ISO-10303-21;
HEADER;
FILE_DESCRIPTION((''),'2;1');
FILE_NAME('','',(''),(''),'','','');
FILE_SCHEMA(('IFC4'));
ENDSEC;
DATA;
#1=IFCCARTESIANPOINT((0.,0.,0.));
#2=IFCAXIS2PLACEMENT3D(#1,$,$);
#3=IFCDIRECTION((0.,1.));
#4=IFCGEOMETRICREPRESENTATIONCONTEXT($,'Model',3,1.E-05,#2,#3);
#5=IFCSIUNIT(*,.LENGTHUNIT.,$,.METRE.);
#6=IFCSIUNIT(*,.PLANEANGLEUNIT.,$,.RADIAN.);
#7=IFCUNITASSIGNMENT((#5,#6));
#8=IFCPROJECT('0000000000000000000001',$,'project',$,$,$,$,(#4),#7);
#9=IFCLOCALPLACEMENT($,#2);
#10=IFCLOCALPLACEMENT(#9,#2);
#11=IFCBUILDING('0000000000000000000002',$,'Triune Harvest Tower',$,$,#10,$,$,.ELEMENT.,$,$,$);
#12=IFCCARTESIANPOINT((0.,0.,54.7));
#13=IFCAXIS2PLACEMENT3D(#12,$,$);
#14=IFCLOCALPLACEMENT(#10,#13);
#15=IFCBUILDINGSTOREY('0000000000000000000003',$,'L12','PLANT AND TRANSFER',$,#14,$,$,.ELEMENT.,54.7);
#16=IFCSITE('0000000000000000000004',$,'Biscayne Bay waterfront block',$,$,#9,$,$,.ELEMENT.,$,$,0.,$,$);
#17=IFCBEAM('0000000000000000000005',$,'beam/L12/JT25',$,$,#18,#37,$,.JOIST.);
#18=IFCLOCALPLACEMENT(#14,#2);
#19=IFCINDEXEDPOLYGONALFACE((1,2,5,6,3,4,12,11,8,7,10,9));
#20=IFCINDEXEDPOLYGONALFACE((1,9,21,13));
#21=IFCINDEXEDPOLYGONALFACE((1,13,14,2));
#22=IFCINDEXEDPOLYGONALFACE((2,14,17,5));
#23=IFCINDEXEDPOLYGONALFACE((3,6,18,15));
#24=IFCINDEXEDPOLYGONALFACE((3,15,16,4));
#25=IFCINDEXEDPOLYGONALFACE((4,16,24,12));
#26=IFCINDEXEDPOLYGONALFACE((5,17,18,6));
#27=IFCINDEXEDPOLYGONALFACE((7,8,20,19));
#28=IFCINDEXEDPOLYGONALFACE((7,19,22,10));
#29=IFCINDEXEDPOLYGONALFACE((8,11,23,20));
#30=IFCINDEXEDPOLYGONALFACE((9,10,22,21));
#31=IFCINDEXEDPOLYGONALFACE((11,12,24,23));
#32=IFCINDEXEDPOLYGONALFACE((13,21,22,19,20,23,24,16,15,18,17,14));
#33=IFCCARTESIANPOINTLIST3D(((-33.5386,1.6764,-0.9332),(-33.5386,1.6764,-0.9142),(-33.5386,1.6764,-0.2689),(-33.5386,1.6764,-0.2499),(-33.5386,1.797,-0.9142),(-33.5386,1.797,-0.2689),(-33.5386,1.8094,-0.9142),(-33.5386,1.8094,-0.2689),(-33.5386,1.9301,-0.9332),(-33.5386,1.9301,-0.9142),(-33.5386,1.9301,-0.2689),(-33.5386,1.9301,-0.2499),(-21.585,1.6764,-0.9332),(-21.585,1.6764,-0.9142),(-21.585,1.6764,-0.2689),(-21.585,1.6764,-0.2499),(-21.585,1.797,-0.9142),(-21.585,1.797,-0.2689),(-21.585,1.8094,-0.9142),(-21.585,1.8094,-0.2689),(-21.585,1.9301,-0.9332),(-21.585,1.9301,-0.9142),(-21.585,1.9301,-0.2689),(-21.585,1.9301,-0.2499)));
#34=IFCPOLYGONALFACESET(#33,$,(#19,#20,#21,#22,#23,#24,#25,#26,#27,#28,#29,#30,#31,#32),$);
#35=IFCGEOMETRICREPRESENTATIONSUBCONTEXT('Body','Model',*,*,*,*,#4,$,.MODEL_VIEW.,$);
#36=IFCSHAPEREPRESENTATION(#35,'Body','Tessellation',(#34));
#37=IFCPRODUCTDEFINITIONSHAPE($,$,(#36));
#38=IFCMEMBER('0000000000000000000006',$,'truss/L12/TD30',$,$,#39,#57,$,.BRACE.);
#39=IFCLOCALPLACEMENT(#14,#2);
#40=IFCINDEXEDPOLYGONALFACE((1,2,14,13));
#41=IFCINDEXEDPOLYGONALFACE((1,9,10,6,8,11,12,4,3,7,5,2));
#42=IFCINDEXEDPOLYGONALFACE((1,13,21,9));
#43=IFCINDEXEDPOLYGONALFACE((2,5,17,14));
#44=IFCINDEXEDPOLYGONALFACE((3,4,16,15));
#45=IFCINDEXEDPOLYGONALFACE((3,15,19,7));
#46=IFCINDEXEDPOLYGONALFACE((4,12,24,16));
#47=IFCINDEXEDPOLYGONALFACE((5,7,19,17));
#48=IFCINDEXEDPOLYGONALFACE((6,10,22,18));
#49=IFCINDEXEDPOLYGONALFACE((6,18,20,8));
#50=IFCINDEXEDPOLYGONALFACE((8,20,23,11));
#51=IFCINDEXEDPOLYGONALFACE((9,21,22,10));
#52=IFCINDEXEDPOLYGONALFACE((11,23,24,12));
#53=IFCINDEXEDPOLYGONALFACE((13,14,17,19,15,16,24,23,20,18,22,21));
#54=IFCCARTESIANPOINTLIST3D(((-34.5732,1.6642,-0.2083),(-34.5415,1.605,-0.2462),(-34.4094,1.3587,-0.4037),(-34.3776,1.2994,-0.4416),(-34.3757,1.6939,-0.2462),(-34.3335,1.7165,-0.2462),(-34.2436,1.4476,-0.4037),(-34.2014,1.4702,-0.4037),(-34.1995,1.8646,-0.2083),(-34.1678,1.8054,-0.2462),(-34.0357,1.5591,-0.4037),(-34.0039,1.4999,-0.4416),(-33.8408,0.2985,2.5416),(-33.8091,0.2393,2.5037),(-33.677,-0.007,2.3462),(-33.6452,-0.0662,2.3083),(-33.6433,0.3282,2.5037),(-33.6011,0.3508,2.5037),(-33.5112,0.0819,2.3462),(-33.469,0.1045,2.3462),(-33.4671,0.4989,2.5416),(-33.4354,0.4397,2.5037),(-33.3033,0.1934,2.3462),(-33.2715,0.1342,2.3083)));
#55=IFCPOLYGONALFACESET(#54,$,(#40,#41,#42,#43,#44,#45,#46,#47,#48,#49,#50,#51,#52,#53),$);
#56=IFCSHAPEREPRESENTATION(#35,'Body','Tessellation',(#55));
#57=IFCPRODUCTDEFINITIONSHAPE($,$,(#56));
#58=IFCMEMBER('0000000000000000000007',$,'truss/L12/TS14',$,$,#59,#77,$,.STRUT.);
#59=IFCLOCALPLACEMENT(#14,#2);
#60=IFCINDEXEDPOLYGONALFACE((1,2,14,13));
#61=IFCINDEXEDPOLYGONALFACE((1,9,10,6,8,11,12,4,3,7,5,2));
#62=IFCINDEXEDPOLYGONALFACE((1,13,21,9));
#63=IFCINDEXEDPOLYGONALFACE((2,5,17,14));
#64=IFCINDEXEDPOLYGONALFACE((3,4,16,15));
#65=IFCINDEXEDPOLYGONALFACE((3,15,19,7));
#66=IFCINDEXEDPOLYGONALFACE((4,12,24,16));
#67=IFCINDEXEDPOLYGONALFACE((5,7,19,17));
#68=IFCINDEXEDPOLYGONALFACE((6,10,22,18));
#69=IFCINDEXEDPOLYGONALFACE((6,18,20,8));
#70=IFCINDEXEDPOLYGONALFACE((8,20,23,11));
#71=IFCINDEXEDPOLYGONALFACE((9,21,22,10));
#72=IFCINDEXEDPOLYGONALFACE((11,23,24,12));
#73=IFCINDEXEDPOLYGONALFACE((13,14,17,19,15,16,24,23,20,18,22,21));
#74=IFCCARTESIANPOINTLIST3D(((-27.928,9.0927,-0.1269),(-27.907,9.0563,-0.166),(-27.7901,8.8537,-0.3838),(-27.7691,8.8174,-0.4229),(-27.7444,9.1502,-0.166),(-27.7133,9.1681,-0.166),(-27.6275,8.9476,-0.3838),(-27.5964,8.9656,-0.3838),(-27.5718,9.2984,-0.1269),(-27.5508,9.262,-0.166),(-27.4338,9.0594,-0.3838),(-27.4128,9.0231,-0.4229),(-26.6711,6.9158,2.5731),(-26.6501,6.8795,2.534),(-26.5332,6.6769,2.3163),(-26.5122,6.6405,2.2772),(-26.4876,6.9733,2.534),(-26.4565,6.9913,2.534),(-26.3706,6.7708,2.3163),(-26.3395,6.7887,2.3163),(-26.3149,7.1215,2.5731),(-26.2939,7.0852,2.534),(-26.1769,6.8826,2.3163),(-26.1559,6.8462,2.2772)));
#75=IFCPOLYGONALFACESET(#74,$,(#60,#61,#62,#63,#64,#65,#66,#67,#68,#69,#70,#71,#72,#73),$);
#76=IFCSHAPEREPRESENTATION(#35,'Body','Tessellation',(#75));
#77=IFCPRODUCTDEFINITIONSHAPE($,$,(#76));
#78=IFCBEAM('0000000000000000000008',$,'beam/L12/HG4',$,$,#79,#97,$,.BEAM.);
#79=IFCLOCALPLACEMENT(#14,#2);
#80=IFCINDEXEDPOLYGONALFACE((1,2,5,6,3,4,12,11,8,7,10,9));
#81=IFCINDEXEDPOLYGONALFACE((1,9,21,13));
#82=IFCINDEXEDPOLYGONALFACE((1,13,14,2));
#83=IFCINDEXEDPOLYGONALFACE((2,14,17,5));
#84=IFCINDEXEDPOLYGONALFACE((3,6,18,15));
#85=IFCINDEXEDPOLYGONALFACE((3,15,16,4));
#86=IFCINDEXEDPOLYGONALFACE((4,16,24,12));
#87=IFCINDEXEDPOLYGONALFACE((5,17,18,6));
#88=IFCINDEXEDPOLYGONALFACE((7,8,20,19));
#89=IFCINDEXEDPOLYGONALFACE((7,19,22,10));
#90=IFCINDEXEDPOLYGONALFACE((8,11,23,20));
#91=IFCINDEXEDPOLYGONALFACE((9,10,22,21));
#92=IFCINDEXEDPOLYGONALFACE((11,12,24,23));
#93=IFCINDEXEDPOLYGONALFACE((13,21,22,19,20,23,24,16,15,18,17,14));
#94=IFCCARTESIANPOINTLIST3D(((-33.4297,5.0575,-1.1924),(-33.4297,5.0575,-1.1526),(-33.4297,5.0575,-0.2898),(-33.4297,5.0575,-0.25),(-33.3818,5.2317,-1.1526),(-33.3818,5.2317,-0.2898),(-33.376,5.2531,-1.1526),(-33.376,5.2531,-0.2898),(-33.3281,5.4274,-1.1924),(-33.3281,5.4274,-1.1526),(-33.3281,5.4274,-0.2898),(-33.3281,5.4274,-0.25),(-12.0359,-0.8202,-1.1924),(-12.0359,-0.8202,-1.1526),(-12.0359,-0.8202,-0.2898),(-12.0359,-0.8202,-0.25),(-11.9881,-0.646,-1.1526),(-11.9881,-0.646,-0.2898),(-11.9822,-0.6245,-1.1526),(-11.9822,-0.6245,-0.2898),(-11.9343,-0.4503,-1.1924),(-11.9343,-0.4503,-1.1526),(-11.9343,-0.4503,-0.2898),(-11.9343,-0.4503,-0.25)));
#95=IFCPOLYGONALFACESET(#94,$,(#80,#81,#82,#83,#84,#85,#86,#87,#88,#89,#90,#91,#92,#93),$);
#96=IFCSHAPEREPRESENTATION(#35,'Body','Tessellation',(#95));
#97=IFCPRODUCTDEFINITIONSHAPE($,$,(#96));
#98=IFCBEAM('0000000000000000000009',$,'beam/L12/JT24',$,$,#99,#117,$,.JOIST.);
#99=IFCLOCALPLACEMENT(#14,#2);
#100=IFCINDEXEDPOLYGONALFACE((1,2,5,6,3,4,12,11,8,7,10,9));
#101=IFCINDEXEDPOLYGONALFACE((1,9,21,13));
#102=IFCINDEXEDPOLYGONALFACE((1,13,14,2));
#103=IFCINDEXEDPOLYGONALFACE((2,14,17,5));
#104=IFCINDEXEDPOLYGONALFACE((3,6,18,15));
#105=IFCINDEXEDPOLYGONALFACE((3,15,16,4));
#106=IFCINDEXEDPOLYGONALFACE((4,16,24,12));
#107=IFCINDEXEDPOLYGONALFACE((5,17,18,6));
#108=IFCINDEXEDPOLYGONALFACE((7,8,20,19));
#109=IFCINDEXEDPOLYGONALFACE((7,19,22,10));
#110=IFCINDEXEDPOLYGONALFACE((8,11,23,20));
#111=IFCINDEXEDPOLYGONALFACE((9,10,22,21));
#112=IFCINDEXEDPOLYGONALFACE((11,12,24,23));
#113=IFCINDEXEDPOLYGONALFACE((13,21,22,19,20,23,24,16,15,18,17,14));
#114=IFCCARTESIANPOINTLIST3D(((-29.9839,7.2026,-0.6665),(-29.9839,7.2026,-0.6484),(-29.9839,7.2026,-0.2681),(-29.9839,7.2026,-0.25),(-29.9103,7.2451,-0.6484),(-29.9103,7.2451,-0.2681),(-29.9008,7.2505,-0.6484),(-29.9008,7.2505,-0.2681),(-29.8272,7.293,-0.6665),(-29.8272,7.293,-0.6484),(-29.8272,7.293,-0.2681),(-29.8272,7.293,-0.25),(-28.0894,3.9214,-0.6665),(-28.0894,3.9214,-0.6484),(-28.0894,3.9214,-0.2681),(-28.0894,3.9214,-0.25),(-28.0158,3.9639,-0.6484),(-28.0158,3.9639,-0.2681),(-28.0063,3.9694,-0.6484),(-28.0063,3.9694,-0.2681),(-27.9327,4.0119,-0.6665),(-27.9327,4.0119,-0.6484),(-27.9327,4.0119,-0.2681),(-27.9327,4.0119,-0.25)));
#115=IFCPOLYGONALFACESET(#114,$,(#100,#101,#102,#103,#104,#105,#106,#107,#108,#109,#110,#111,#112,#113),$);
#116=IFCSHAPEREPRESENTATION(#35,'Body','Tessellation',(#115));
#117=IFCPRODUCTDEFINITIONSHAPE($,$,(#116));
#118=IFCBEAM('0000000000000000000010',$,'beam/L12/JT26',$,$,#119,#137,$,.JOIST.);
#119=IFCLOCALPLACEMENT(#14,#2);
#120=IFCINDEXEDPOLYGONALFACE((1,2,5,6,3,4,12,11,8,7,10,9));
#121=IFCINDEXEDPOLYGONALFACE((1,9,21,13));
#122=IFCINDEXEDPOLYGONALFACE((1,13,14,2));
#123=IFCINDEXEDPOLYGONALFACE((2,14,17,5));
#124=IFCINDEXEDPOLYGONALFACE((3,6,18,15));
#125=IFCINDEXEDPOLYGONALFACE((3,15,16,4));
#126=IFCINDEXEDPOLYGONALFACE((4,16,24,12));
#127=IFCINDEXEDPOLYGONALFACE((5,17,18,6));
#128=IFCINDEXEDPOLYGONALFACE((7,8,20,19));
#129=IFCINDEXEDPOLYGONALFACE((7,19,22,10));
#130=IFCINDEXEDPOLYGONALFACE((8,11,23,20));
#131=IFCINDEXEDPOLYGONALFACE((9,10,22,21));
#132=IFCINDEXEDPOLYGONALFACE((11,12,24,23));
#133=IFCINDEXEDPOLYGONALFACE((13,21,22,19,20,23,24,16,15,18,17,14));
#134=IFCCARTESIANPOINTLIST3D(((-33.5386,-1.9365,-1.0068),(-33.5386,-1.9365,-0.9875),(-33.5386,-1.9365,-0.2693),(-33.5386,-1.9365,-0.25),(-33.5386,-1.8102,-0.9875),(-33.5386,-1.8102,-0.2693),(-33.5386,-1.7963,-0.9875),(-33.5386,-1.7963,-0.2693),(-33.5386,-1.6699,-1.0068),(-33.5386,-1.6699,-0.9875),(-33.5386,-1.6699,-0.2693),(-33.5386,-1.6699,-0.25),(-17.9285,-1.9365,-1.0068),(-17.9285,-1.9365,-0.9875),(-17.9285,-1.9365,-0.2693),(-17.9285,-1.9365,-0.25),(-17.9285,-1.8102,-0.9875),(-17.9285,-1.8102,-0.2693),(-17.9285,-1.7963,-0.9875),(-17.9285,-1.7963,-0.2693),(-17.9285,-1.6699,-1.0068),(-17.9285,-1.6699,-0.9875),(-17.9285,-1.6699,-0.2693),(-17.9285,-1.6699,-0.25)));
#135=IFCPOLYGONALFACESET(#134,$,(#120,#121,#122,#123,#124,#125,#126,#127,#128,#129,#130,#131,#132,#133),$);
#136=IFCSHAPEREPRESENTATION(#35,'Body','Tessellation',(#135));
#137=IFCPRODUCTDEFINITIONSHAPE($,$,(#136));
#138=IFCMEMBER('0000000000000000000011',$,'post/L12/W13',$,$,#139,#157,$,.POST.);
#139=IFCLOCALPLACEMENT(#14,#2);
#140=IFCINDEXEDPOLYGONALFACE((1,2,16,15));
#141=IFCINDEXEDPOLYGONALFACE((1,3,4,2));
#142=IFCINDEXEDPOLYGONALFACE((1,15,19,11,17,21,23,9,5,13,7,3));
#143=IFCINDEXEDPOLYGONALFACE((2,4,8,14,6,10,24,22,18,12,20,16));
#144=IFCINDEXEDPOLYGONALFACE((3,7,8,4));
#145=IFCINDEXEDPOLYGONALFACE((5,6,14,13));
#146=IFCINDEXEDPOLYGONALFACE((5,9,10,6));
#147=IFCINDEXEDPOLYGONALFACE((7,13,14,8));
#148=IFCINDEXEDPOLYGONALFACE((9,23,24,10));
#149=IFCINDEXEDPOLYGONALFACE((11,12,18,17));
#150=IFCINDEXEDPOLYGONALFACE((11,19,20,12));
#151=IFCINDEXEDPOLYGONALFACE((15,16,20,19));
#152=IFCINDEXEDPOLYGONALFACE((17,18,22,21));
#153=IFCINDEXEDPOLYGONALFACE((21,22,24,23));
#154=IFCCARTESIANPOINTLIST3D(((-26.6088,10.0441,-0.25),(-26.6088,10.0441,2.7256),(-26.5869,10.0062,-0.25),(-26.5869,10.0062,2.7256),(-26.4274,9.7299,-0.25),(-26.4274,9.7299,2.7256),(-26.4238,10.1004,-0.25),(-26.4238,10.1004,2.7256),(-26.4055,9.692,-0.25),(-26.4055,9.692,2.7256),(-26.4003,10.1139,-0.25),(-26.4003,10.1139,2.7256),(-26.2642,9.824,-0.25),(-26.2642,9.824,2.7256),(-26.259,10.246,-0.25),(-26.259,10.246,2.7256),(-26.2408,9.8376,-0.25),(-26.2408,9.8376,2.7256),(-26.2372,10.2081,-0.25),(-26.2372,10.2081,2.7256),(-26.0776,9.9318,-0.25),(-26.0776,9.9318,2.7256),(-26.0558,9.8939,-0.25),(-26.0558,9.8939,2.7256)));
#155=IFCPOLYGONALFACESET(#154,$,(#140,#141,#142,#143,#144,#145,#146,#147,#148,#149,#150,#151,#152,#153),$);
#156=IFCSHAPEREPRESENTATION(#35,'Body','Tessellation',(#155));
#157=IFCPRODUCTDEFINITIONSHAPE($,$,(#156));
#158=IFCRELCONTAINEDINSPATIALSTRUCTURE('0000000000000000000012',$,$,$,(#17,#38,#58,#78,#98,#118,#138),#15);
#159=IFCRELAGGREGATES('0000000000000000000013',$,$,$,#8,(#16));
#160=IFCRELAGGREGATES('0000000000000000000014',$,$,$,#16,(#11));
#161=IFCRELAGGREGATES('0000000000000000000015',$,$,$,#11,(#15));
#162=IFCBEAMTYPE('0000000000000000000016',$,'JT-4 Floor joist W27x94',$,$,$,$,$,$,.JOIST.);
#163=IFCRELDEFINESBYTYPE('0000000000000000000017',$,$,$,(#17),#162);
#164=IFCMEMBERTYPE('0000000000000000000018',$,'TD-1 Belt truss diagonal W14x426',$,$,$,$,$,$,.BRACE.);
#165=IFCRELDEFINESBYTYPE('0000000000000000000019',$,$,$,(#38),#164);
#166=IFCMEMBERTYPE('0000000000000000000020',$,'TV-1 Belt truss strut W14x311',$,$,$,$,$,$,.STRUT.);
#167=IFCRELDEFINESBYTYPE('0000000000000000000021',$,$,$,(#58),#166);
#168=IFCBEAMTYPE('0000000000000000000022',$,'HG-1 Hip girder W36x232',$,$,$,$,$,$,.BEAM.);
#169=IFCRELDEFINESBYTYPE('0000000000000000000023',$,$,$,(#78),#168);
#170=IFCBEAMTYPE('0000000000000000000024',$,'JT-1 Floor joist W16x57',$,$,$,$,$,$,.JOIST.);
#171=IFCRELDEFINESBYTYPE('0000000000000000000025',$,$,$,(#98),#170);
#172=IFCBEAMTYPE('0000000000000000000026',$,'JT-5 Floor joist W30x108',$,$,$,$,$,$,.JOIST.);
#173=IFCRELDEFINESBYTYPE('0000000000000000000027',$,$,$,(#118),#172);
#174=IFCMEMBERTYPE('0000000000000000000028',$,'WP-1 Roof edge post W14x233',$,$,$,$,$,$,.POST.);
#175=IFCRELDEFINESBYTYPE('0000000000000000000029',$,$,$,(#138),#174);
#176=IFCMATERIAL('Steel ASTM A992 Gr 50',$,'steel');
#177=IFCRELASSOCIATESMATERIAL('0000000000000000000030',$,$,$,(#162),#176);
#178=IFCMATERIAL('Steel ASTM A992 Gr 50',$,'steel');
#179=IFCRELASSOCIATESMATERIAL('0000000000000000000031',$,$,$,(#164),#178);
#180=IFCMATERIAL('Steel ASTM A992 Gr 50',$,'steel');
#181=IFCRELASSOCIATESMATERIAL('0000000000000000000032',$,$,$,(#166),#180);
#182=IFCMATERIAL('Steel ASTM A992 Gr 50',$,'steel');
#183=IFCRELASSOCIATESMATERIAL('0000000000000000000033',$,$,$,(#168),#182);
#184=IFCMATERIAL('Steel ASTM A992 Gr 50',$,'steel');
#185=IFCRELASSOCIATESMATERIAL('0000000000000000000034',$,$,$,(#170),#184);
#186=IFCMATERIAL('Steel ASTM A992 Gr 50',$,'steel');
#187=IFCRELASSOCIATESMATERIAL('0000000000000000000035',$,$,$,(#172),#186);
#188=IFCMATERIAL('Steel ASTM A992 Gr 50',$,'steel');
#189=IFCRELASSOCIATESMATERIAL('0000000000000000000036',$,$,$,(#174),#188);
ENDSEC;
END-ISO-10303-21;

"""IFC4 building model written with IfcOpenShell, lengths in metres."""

from ifc_helpers import new_model, si_unit, direction, frame, origin, origin_2d, place, context, subcontext, project, spatial, i_section, extrude, source, transform, mapped, material, material_profile, profile_set, type_object, element, save


model = new_model("IFC4")

# Units and contexts
model_context = context("Model", 3, precision=1e-05, world=origin(), true_north=direction((0.0, 1.0)))
body_context = subcontext(model_context, "Body", "Model", "MODEL_VIEW")
ifc_project = project(units=[si_unit("LENGTHUNIT", "METRE"), si_unit("PLANEANGLEUNIT", "RADIAN")], contexts=[model_context])

# Site, building, storey
site_placement = place(None, origin())
site = spatial("IfcSite", under=ifc_project, at=site_placement, Name="Biscayne Bay waterfront block", CompositionType="ELEMENT", RefElevation=0.0)
building_placement = place(site_placement, origin())
building = spatial("IfcBuilding", under=site, at=building_placement, Name="Triune Harvest Tower", CompositionType="ELEMENT")
storey_placement = place(building_placement, frame((0.0, 0.0, 54.7)))
storey = spatial("IfcBuildingStorey", under=building, at=storey_placement, Name="L12", Description="PLANT AND TRANSFER", CompositionType="ELEMENT", Elevation=54.7)

# Beam
ifc_material_1 = material(Name="Steel ASTM A992 Gr 50", Category="steel")
ifc_material_profile_1 = material_profile(ifc_material_1, i_section(OverallWidth=0.2537, OverallDepth=0.6833, WebThickness=0.0125, FlangeThickness=0.019, at=origin_2d()), Name="W27x94")
ifc_profile_set_1 = profile_set([ifc_material_profile_1], Name="Steel ASTM A992 Gr 50")
beam_type_1 = type_object("IfcBeamType", Name="JT-4 Floor joist W27x94", PredefinedType="JOIST", material=ifc_profile_set_1)
beam_1_placement = place(storey_placement, frame((-33.5386, 1.8032, -0.5916), z_axis=(1.0, 0.0, 0.0), x_axis=(0.0, 1.0, 0.0)))
element("IfcBeam", 1, at=beam_1_placement, inside=storey, type_object=beam_type_1, Name="beam/L12/JT25", PredefinedType="JOIST", context=body_context, shape_type="SweptSolid", body=[
    extrude(i_section(OverallWidth=0.2537, OverallDepth=0.6833, WebThickness=0.0125, FlangeThickness=0.019, at=origin_2d()), origin(), (0.0, 0.0, 1.0), 11.9536),
])

# Members
ifc_material_2 = material(Name="Steel ASTM A992 Gr 50", Category="steel")
ifc_material_profile_2 = material_profile(ifc_material_2, i_section(OverallWidth=0.4241, OverallDepth=0.4751, WebThickness=0.0479, FlangeThickness=0.0771, at=origin_2d()), Name="W14x426")
ifc_profile_set_2 = profile_set([ifc_material_profile_2], Name="Steel ASTM A992 Gr 50")
member_type_1 = type_object("IfcMemberType", Name="TD-1 Belt truss diagonal W14x426", PredefinedType="BRACE", material=ifc_profile_set_2)
member_1_placement = place(storey_placement, frame((-34.2886, 1.582, -0.325), z_axis=(0.232029, -0.432656, 0.87119), x_axis=(0.881269, 0.472615, 0.0)))
element("IfcMember", 2, at=member_1_placement, inside=storey, type_object=member_type_1, Name="truss/L12/TD30", PredefinedType="BRACE", context=body_context, shape_type="SweptSolid", body=[
    extrude(i_section(OverallWidth=0.4241, OverallDepth=0.4751, WebThickness=0.0479, FlangeThickness=0.0771, at=origin_2d()), origin(), (0.0, 0.0, 1.0), 3.1565),
])
ifc_material_3 = material(Name="Steel ASTM A992 Gr 50", Category="steel")
ifc_material_profile_3 = material_profile(ifc_material_3, i_section(OverallWidth=0.4114, OverallDepth=0.4343, WebThickness=0.0359, FlangeThickness=0.0574, at=origin_2d()), Name="W14x311")
ifc_profile_set_3 = profile_set([ifc_material_profile_3], Name="Steel ASTM A992 Gr 50")
member_type_2 = type_object("IfcMemberType", Name="TV-1 Belt truss strut W14x311", PredefinedType="STRUT", material=ifc_profile_set_3)
member_2_placement = place(storey_placement, frame((-27.6704, 9.0579, -0.2749), z_axis=(0.340712, -0.59009, 0.731921), x_axis=(0.866011, 0.500025, 0.0)))
element("IfcMember", 3, at=member_2_placement, inside=storey, type_object=member_type_2, Name="truss/L12/TS14", PredefinedType="STRUT", context=body_context, shape_type="SweptSolid", body=[
    extrude(i_section(OverallWidth=0.4114, OverallDepth=0.4343, WebThickness=0.0359, FlangeThickness=0.0574, at=origin_2d()), origin(), (0.0, 0.0, 1.0), 3.689),
])

# Beams
ifc_material_4 = material(Name="Steel ASTM A992 Gr 50", Category="steel")
ifc_material_profile_4 = material_profile(ifc_material_4, i_section(OverallWidth=0.3835, OverallDepth=0.9424, WebThickness=0.0222, FlangeThickness=0.0398, at=origin_2d()), Name="W36x232")
ifc_profile_set_4 = profile_set([ifc_material_profile_4], Name="Steel ASTM A992 Gr 50")
beam_type_2 = type_object("IfcBeamType", Name="HG-1 Hip girder W36x232", PredefinedType="BEAM", material=ifc_profile_set_4)
shared_shape_1 = source(origin(), body_context, "Body", "SweptSolid", [
    extrude(i_section(OverallWidth=0.3835, OverallDepth=0.9424, WebThickness=0.0222, FlangeThickness=0.0398, at=origin_2d()), origin(), (0.0, 0.0, 1.0), 22.1865),
])
beam_2_placement = place(storey_placement, frame((-33.3789, 5.2424, -0.7212), z_axis=(0.96427, -0.264921, 0.0), x_axis=(0.264921, 0.96427, 0.0)))
element("IfcBeam", 4, at=beam_2_placement, inside=storey, type_object=beam_type_2, Name="beam/L12/HG4", PredefinedType="BEAM", context=body_context, shape_type="MappedRepresentation", body=[
    mapped(shared_shape_1, transform((0.0, 0.0, 0.0), scale=1.0)),
])
ifc_material_5 = material(Name="Steel ASTM A992 Gr 50", Category="steel")
ifc_material_profile_5 = material_profile(ifc_material_5, i_section(OverallWidth=0.1809, OverallDepth=0.4165, WebThickness=0.011, FlangeThickness=0.0181, at=origin_2d()), Name="W16x57")
ifc_profile_set_5 = profile_set([ifc_material_profile_5], Name="Steel ASTM A992 Gr 50")
beam_type_3 = type_object("IfcBeamType", Name="JT-1 Floor joist W16x57", PredefinedType="JOIST", material=ifc_profile_set_5)
shared_shape_2 = source(origin(), body_context, "Body", "SweptSolid", [
    extrude(i_section(OverallWidth=0.1809, OverallDepth=0.4165, WebThickness=0.011, FlangeThickness=0.0181, at=origin_2d()), origin(), (0.0, 0.0, 1.0), 3.7888),
])
beam_3_placement = place(storey_placement, frame((-29.9055, 7.2478, -0.4583), z_axis=(0.50002, -0.866014, 0.0), x_axis=(0.866014, 0.50002, 0.0)))
element("IfcBeam", 5, at=beam_3_placement, inside=storey, type_object=beam_type_3, Name="beam/L12/JT24", PredefinedType="JOIST", context=body_context, shape_type="MappedRepresentation", body=[
    mapped(shared_shape_2, transform((0.0, 0.0, 0.0), scale=1.0)),
])
ifc_material_6 = material(Name="Steel ASTM A992 Gr 50", Category="steel")
ifc_material_profile_6 = material_profile(ifc_material_6, i_section(OverallWidth=0.2666, OverallDepth=0.7568, WebThickness=0.0139, FlangeThickness=0.0193, at=origin_2d()), Name="W30x108")
ifc_profile_set_6 = profile_set([ifc_material_profile_6], Name="Steel ASTM A992 Gr 50")
beam_type_4 = type_object("IfcBeamType", Name="JT-5 Floor joist W30x108", PredefinedType="JOIST", material=ifc_profile_set_6)
shared_shape_3 = source(origin(), body_context, "Body", "SweptSolid", [
    extrude(i_section(OverallWidth=0.2666, OverallDepth=0.7568, WebThickness=0.0139, FlangeThickness=0.0193, at=origin_2d()), origin(), (0.0, 0.0, 1.0), 15.6101),
])
beam_4_placement = place(storey_placement, frame((-33.5386, -1.8032, -0.6284), z_axis=(1.0, 0.0, 0.0), x_axis=(0.0, 1.0, 0.0)))
element("IfcBeam", 6, at=beam_4_placement, inside=storey, type_object=beam_type_4, Name="beam/L12/JT26", PredefinedType="JOIST", context=body_context, shape_type="MappedRepresentation", body=[
    mapped(shared_shape_3, transform((0.0, 0.0, 0.0), scale=1.0)),
])

# Member
ifc_material_7 = material(Name="Steel ASTM A992 Gr 50", Category="steel")
ifc_material_profile_7 = material_profile(ifc_material_7, i_section(OverallWidth=0.4038, OverallDepth=0.4065, WebThickness=0.0271, FlangeThickness=0.0437, at=origin_2d()), Name="W14x233")
ifc_profile_set_7 = profile_set([ifc_material_profile_7], Name="Steel ASTM A992 Gr 50")
member_type_3 = type_object("IfcMemberType", Name="WP-1 Roof edge post W14x233", PredefinedType="POST", material=ifc_profile_set_7)
shared_shape_4 = source(origin(), body_context, "Body", "SweptSolid", [
    extrude(i_section(OverallWidth=0.4038, OverallDepth=0.4065, WebThickness=0.0271, FlangeThickness=0.0437, at=origin_2d()), origin(), (0.0, 0.0, 1.0), 2.9756),
])
for number, where, z_axis, x_axis, name in (
    (7, (-26.3323, 9.969, -0.25), (0.0, 0.0, 1.0), (-0.866025, -0.5, 0.0), "post/L12/W13"),
):
    element("IfcMember", number, at=place(storey_placement, frame(where, z_axis=z_axis, x_axis=x_axis)), inside=storey, type_object=member_type_3, Name=name, PredefinedType="POST", context=body_context, shape_type="MappedRepresentation", body=[
        mapped(shared_shape_4, transform((0.0, 0.0, 0.0), scale=1.0)),
    ])

save(model, "model.ifc")
